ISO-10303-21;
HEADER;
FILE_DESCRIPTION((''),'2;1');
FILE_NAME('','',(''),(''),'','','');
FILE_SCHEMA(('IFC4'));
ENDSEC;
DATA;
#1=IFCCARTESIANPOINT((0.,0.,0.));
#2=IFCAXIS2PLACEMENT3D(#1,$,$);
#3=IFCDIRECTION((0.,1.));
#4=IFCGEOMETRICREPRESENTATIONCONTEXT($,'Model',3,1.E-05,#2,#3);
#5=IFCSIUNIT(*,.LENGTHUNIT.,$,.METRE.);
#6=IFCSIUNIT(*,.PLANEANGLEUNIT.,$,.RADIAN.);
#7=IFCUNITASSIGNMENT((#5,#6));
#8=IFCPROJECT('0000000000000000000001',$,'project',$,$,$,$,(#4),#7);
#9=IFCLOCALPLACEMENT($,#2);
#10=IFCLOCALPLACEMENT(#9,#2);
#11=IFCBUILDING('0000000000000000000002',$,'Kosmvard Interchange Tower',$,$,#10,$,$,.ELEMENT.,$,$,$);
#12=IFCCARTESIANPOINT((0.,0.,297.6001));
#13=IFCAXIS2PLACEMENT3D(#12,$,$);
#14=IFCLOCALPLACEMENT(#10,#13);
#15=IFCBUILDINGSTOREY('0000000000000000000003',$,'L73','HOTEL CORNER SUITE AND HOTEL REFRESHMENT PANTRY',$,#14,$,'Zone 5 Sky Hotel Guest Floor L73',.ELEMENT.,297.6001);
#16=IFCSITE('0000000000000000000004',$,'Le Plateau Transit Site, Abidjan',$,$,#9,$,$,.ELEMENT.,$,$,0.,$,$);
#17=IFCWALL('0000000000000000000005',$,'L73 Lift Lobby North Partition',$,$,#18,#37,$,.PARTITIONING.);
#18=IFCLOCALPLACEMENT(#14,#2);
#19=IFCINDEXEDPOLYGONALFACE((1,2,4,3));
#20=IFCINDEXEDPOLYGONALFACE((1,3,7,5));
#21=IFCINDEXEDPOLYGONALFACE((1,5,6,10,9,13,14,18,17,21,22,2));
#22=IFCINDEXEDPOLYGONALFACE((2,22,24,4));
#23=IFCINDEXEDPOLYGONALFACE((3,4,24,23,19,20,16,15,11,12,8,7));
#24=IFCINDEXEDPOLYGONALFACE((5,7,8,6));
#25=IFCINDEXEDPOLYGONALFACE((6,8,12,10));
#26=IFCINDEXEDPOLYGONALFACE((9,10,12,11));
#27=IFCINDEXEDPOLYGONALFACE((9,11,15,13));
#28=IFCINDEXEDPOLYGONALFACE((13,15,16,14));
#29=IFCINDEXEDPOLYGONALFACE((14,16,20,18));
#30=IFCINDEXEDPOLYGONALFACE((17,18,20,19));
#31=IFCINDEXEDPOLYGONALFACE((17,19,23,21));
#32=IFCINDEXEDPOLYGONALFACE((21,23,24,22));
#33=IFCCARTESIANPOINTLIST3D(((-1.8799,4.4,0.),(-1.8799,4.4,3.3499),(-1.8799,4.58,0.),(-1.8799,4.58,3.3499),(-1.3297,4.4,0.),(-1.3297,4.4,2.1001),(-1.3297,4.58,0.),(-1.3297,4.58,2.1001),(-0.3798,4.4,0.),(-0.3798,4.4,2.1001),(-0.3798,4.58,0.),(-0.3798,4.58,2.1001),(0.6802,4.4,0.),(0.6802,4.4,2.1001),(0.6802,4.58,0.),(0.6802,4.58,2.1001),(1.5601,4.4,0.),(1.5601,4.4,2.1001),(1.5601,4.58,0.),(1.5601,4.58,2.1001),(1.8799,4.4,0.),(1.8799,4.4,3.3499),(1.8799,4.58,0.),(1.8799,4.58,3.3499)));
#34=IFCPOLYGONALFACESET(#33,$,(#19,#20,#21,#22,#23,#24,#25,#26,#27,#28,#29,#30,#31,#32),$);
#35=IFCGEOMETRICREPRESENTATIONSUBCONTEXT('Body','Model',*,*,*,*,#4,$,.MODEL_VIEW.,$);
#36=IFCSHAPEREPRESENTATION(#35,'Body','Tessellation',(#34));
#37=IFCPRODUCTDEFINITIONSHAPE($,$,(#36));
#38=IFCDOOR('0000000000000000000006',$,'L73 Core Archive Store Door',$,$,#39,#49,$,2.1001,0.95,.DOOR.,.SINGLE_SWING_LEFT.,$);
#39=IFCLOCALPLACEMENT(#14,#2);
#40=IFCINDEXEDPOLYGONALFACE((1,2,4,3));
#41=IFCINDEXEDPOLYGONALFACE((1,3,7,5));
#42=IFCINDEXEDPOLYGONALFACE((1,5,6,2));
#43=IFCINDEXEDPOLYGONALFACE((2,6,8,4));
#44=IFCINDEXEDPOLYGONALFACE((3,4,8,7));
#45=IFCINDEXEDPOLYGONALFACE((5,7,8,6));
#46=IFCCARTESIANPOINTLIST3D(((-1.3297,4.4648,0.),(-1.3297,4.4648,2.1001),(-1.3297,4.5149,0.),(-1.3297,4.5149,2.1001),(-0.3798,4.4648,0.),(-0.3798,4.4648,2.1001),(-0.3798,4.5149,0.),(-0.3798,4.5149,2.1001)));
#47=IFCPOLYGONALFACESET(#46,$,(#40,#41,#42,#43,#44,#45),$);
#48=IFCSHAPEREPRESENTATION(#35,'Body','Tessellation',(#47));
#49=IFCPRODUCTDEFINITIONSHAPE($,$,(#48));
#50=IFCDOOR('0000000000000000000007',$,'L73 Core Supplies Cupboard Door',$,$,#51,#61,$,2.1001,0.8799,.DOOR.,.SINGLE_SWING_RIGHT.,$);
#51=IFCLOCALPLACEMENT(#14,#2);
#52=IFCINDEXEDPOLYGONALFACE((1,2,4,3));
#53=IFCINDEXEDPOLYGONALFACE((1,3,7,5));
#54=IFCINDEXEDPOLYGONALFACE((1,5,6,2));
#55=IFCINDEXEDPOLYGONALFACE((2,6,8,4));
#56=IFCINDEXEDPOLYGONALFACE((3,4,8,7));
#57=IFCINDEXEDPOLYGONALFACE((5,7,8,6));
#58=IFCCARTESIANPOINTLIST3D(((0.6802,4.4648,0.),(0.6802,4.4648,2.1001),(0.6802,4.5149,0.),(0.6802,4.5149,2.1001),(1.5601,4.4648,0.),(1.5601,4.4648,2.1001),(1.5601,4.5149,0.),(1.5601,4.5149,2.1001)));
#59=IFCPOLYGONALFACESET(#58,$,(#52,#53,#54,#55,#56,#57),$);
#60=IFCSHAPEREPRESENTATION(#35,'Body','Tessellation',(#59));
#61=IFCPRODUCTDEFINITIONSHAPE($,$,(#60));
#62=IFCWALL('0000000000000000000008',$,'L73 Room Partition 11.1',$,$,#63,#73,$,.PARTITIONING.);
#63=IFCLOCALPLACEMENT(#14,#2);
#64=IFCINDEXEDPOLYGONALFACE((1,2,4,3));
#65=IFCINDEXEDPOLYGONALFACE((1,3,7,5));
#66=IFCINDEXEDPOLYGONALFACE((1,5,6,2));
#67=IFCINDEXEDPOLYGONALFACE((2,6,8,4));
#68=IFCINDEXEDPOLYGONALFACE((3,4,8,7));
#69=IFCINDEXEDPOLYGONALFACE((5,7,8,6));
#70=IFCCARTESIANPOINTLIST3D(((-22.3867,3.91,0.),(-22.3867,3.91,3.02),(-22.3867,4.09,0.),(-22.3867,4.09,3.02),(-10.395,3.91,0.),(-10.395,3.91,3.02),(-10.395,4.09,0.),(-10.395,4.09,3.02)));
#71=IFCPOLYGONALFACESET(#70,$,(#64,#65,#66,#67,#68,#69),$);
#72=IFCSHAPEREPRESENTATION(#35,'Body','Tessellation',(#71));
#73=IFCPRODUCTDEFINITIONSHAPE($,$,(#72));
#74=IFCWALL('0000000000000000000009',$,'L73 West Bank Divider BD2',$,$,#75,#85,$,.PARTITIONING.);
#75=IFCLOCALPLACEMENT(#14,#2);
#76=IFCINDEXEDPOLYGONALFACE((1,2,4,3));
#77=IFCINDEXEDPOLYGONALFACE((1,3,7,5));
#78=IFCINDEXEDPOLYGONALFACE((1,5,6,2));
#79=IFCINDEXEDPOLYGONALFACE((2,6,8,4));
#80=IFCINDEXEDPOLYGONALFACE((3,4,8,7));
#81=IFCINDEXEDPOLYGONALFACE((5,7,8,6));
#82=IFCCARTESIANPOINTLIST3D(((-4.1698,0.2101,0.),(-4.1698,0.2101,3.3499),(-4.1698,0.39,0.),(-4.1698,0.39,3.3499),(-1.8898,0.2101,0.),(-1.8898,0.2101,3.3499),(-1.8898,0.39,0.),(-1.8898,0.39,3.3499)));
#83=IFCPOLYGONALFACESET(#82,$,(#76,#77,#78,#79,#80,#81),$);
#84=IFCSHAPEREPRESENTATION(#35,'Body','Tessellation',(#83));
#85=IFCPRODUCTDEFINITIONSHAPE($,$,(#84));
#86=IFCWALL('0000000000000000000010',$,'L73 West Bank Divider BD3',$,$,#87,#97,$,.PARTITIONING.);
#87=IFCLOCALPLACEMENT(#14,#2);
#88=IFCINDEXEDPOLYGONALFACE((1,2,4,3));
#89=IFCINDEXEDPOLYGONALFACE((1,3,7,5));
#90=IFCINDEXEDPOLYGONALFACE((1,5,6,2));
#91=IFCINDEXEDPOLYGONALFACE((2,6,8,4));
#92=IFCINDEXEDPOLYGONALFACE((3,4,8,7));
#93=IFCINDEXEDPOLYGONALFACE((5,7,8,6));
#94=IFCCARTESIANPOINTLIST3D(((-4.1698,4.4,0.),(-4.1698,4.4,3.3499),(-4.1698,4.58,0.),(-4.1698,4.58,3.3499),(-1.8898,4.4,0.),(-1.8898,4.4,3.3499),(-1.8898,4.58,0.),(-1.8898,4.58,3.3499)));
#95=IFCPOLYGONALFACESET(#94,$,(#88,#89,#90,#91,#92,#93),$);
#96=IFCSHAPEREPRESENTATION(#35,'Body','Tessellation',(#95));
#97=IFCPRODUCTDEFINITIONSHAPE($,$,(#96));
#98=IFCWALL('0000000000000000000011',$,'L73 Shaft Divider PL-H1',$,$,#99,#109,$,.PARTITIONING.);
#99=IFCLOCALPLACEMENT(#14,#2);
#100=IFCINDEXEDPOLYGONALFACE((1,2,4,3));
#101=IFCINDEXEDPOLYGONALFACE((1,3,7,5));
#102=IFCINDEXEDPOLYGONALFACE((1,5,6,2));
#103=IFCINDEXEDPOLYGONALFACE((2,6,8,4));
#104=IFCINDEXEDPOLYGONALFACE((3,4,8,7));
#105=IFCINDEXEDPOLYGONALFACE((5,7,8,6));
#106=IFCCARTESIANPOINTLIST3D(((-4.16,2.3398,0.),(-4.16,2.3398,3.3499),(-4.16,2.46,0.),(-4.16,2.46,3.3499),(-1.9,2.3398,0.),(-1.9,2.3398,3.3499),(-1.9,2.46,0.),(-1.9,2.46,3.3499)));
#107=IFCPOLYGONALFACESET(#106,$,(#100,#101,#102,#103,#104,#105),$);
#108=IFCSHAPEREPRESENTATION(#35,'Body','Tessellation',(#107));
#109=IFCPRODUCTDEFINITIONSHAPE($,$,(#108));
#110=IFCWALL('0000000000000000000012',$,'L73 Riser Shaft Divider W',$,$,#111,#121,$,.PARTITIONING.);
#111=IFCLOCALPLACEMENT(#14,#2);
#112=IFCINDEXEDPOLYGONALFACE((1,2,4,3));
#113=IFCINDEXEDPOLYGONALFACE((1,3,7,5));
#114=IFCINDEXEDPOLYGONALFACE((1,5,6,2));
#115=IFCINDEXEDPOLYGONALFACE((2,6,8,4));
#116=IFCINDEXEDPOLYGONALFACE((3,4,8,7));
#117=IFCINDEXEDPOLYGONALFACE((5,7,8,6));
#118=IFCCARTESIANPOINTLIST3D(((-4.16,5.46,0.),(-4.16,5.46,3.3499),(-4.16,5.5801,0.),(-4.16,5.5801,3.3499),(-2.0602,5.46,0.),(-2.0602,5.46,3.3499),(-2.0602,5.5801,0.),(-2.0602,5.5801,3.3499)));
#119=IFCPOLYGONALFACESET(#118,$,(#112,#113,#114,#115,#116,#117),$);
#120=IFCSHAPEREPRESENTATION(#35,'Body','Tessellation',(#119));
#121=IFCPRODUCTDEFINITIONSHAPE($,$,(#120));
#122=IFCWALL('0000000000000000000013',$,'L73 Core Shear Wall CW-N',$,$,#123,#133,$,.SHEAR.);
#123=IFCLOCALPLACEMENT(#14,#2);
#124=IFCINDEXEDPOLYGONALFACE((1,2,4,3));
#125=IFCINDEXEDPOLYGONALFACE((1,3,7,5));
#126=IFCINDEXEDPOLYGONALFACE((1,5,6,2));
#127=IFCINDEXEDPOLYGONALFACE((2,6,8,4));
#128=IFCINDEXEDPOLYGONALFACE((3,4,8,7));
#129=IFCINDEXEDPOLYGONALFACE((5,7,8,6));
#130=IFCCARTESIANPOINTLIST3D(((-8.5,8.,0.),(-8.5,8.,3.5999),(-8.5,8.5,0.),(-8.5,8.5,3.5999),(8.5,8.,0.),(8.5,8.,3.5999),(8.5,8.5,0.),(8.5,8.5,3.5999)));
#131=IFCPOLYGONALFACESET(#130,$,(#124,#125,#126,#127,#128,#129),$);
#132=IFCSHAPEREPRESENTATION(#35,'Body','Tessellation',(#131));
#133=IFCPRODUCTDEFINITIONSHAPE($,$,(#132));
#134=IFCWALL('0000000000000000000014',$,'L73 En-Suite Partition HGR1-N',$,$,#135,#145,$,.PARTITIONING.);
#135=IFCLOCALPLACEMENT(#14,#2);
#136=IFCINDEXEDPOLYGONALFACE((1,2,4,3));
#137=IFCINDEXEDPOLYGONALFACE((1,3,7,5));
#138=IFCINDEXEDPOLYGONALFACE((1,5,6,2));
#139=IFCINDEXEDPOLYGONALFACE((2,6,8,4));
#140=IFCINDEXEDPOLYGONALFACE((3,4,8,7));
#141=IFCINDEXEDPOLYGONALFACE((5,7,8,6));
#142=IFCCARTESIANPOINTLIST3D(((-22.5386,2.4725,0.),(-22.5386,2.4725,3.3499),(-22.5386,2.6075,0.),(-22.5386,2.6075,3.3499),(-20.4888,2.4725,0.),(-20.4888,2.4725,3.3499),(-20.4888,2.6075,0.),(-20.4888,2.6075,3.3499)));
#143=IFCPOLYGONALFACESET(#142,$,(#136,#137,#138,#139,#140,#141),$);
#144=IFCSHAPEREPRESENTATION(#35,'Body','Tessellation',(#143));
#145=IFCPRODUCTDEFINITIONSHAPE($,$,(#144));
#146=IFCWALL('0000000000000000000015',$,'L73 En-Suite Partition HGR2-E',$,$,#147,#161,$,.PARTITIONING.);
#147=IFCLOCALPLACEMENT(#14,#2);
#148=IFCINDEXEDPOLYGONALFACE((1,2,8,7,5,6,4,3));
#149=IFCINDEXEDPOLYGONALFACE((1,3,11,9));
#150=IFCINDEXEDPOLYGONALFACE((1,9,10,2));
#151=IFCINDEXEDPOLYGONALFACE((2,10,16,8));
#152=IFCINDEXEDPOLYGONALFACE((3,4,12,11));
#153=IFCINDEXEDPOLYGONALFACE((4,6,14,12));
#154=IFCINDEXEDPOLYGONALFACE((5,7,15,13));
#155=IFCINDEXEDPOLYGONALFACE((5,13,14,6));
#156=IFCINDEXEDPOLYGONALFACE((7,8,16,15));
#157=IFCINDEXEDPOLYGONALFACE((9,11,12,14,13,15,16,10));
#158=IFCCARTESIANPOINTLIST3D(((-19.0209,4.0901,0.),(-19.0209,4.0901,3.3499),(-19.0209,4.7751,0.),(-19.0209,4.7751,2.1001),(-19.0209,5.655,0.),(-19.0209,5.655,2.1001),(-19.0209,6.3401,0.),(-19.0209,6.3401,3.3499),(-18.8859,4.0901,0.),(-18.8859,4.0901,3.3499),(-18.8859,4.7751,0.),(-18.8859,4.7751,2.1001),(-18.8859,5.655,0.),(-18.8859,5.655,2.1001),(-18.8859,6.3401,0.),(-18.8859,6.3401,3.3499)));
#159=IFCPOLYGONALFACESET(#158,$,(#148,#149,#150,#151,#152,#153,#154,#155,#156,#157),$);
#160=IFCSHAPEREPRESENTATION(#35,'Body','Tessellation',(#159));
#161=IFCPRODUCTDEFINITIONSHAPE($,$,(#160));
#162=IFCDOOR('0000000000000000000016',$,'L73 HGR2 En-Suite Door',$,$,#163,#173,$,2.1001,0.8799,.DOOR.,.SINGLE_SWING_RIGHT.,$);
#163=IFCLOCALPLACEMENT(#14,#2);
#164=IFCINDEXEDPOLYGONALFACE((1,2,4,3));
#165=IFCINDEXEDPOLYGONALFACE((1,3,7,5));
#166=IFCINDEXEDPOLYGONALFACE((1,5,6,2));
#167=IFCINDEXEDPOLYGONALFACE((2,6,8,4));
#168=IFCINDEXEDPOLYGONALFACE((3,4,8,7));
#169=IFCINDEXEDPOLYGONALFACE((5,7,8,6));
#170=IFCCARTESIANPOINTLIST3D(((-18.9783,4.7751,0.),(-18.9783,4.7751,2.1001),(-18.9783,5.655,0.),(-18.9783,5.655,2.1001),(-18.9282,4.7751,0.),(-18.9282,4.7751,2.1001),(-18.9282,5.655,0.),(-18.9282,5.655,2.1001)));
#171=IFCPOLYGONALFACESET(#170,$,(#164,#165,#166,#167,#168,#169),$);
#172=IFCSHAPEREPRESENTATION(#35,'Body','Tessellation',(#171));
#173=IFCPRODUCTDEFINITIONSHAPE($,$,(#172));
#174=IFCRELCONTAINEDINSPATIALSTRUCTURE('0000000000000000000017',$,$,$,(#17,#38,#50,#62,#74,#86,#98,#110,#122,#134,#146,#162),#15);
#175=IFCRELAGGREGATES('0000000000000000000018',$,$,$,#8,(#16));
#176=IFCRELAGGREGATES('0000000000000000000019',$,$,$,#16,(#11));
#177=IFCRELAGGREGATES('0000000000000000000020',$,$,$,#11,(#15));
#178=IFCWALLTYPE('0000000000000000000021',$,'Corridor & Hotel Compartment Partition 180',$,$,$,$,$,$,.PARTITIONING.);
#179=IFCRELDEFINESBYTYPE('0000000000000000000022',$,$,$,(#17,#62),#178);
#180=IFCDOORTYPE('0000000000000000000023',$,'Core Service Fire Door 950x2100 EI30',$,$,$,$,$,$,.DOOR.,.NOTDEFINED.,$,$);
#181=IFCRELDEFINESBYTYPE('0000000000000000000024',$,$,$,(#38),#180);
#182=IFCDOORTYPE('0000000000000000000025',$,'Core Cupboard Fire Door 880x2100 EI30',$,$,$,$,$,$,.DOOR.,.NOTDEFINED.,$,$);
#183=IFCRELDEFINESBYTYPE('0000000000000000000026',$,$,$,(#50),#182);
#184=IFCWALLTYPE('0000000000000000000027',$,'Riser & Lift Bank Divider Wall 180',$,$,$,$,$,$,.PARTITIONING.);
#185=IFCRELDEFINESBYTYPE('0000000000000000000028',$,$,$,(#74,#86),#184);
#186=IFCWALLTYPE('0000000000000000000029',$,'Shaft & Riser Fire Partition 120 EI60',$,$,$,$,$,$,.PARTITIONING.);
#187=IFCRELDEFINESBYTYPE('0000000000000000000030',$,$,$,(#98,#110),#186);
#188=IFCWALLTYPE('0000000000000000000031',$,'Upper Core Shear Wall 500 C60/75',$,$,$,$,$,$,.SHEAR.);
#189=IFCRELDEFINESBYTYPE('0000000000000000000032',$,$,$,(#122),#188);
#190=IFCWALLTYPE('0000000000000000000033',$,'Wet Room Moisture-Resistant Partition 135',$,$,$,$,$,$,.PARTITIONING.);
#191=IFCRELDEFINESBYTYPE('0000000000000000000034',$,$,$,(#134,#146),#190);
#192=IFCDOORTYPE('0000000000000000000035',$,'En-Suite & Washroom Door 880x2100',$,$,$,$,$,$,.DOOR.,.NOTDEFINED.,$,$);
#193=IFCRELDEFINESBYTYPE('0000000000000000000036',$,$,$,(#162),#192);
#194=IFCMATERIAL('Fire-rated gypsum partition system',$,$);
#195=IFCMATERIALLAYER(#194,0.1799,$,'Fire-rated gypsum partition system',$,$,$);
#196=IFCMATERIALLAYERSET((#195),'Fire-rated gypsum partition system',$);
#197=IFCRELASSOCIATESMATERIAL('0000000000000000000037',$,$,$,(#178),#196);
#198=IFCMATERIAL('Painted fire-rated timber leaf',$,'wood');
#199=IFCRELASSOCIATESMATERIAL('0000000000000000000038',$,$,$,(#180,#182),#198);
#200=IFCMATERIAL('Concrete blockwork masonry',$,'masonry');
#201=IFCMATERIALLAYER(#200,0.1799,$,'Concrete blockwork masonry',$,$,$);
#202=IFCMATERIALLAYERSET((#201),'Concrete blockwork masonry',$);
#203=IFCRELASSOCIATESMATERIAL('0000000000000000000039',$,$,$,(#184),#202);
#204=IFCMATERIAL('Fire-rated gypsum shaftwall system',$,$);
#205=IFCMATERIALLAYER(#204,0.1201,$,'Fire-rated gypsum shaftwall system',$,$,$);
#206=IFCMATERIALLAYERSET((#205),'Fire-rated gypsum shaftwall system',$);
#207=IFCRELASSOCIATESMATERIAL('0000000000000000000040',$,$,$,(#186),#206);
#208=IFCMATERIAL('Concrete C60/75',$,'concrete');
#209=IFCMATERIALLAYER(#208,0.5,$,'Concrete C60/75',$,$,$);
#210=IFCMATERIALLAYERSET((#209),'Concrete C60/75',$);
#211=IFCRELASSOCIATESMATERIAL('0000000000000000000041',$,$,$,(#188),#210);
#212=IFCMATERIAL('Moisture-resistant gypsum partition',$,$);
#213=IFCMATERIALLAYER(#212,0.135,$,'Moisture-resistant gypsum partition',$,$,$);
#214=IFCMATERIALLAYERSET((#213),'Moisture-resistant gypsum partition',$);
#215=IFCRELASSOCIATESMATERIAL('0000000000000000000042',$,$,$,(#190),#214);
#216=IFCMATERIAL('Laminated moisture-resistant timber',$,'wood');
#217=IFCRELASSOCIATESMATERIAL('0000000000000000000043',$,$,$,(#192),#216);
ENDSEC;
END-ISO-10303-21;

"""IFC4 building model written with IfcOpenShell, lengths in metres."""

from ifc_helpers import new_model, si_unit, direction, frame, frame_2d, origin, place, context, subcontext, project, spatial, rectangle, extrude, source, transform, mapped, material, layer, layer_set, type_object, element, fill, save


model = new_model("IFC4")

# Units and contexts
model_context = context("Model", 3, precision=1e-05, world=origin(), true_north=direction((0.0, 1.0)))
body_context = subcontext(model_context, "Body", "Model", "MODEL_VIEW")
ifc_project = project(units=[si_unit("LENGTHUNIT", "METRE"), si_unit("PLANEANGLEUNIT", "RADIAN")], contexts=[model_context])

# Site, building, storey
site_placement = place(None, origin())
site = spatial("IfcSite", under=ifc_project, at=site_placement, Name="Le Plateau Transit Site, Abidjan", CompositionType="ELEMENT", RefElevation=0.0)
building_placement = place(site_placement, origin())
building = spatial("IfcBuilding", under=site, at=building_placement, Name="Kosmvard Interchange Tower", CompositionType="ELEMENT")
storey_placement = place(building_placement, frame((0.0, 0.0, 297.6001)))
storey = spatial("IfcBuildingStorey", under=building, at=storey_placement, Name="L73", Description="HOTEL CORNER SUITE AND HOTEL REFRESHMENT PANTRY", LongName="Zone 5 Sky Hotel Guest Floor L73", CompositionType="ELEMENT", Elevation=297.6001)

# Shared definitions
ifc_material_1 = material(Name="Fire-rated gypsum partition system")

# Wall, openings, doors
ifc_layer_1 = layer(ifc_material_1, 0.1799, Name="Fire-rated gypsum partition system")
ifc_layer_set_1 = layer_set([ifc_layer_1], Name="Fire-rated gypsum partition system")
wall_type_1 = type_object("IfcWallType", Name="Corridor & Hotel Compartment Partition 180", PredefinedType="PARTITIONING", material=ifc_layer_set_1)
wall_1_placement = place(storey_placement, frame((-1.8799, 4.49, 0.0), z_axis=(0.0, 0.0, 1.0), x_axis=(1.0, 0.0, 0.0)))
wall_1 = element("IfcWall", 1, at=wall_1_placement, inside=storey, type_object=wall_type_1, Name="L73 Lift Lobby North Partition", PredefinedType="PARTITIONING", context=body_context, shape_type="SweptSolid", body=[
    extrude(rectangle(XDim=3.7598, YDim=0.1799, at=frame_2d((1.8799, 0.0))), origin(), (0.0, 0.0, 1.0), 3.3499),
])
opening_1_placement = place(wall_1_placement, frame((0.55, 0.0, 0.0)))
opening_1 = element("IfcOpeningElement", 2, at=opening_1_placement, cuts=wall_1, PredefinedType="OPENING", context=body_context, shape_type="SweptSolid", body=[
    extrude(rectangle(XDim=0.95, YDim=2.1001, at=frame_2d((0.4751, 1.05))), frame((0.0, 0.1001, 0.0), z_axis=(0.0, -1.0, 0.0), x_axis=(1.0, 0.0, 0.0)), (0.0, 0.0, 1.0), 0.2),
])
opening_2_placement = place(wall_1_placement, frame((2.5601, 0.0, 0.0)))
opening_2 = element("IfcOpeningElement", 3, at=opening_2_placement, cuts=wall_1, PredefinedType="OPENING", context=body_context, shape_type="SweptSolid", body=[
    extrude(rectangle(XDim=0.8799, YDim=2.1001, at=frame_2d((0.4399, 1.05))), frame((0.0, 0.1001, 0.0), z_axis=(0.0, -1.0, 0.0), x_axis=(1.0, 0.0, 0.0)), (0.0, 0.0, 1.0), 0.2),
])
ifc_material_2 = material(Name="Painted fire-rated timber leaf", Category="wood")
door_type_1 = type_object("IfcDoorType", Name="Core Service Fire Door 950x2100 EI30", OperationType="NOTDEFINED", PredefinedType="DOOR", material=ifc_material_2)
shared_shape_1 = source(origin(), body_context, "Body", "SweptSolid", [
    extrude(rectangle(XDim=0.95, YDim=2.1001, at=frame_2d((0.4751, 1.05))), frame((0.0, 0.0249, 0.0), z_axis=(0.0, -1.0, 0.0), x_axis=(1.0, 0.0, 0.0)), (0.0, 0.0, 1.0), 0.05),
])
door_1_placement = place(opening_1_placement, origin())
door_1 = element("IfcDoor", 4, at=door_1_placement, inside=storey, type_object=door_type_1, Name="L73 Core Archive Store Door", OperationType="SINGLE_SWING_LEFT", OverallHeight=2.1001, OverallWidth=0.95, PredefinedType="DOOR", context=body_context, shape_type="MappedRepresentation", body=[
    mapped(shared_shape_1, transform((0.0, 0.0, 0.0), scale=1.0)),
])
fill(opening_1, door_1)
door_type_2 = type_object("IfcDoorType", Name="Core Cupboard Fire Door 880x2100 EI30", OperationType="NOTDEFINED", PredefinedType="DOOR", material=ifc_material_2)
shared_shape_2 = source(origin(), body_context, "Body", "SweptSolid", [
    extrude(rectangle(XDim=0.8799, YDim=2.1001, at=frame_2d((0.4399, 1.05))), frame((0.0, 0.0249, 0.0), z_axis=(0.0, -1.0, 0.0), x_axis=(1.0, 0.0, 0.0)), (0.0, 0.0, 1.0), 0.05),
])
door_2_placement = place(opening_2_placement, origin())
door_2 = element("IfcDoor", 5, at=door_2_placement, inside=storey, type_object=door_type_2, Name="L73 Core Supplies Cupboard Door", OperationType="SINGLE_SWING_RIGHT", OverallHeight=2.1001, OverallWidth=0.8799, PredefinedType="DOOR", context=body_context, shape_type="MappedRepresentation", body=[
    mapped(shared_shape_2, transform((0.0, 0.0, 0.0), scale=1.0)),
])
fill(opening_2, door_2)

# Walls
wall_2_placement = place(storey_placement, frame((-10.395, 4.0, 0.0), z_axis=(0.0, 0.0, 1.0), x_axis=(-1.0, 0.0, 0.0)))
element("IfcWall", 6, at=wall_2_placement, inside=storey, type_object=wall_type_1, Name="L73 Room Partition 11.1", PredefinedType="PARTITIONING", context=body_context, shape_type="SweptSolid", body=[
    extrude(rectangle(XDim=11.9917, YDim=0.1799, at=frame_2d((5.9958, 0.0))), origin(), (0.0, 0.0, 1.0), 3.02),
])
ifc_material_3 = material(Name="Concrete blockwork masonry", Category="masonry")
ifc_layer_2 = layer(ifc_material_3, 0.1799, Name="Concrete blockwork masonry")
ifc_layer_set_2 = layer_set([ifc_layer_2], Name="Concrete blockwork masonry")
wall_type_2 = type_object("IfcWallType", Name="Riser & Lift Bank Divider Wall 180", PredefinedType="PARTITIONING", material=ifc_layer_set_2)
for number, where, z_axis, x_axis, name in (
    (7, (-4.1699, 0.3, 0.0), (0.0, 0.0, 1.0), (1.0, 0.0, 0.0), "L73 West Bank Divider BD2"),
    (8, (-4.1699, 4.49, 0.0), (0.0, 0.0, 1.0), (1.0, 0.0, 0.0), "L73 West Bank Divider BD3"),
):
    element("IfcWall", number, at=place(storey_placement, frame(where, z_axis=z_axis, x_axis=x_axis)), inside=storey, type_object=wall_type_2, Name=name, PredefinedType="PARTITIONING", context=body_context, shape_type="SweptSolid", body=[
        extrude(rectangle(XDim=2.28, YDim=0.1799, at=frame_2d((1.1401, 0.0))), origin(), (0.0, 0.0, 1.0), 3.3499),
    ])
ifc_material_4 = material(Name="Fire-rated gypsum shaftwall system")
ifc_layer_3 = layer(ifc_material_4, 0.1201, Name="Fire-rated gypsum shaftwall system")
ifc_layer_set_3 = layer_set([ifc_layer_3], Name="Fire-rated gypsum shaftwall system")
wall_type_3 = type_object("IfcWallType", Name="Shaft & Riser Fire Partition 120 EI60", PredefinedType="PARTITIONING", material=ifc_layer_set_3)
wall_3_placement = place(storey_placement, frame((-4.1599, 2.3999, 0.0), z_axis=(0.0, 0.0, 1.0), x_axis=(1.0, 0.0, 0.0)))
element("IfcWall", 9, at=wall_3_placement, inside=storey, type_object=wall_type_3, Name="L73 Shaft Divider PL-H1", PredefinedType="PARTITIONING", context=body_context, shape_type="SweptSolid", body=[
    extrude(rectangle(XDim=2.26, YDim=0.1201, at=frame_2d((1.1299, 0.0))), origin(), (0.0, 0.0, 1.0), 3.3499),
])
wall_4_placement = place(storey_placement, frame((-4.1599, 5.52, 0.0), z_axis=(0.0, 0.0, 1.0), x_axis=(1.0, 0.0, 0.0)))
element("IfcWall", 10, at=wall_4_placement, inside=storey, type_object=wall_type_3, Name="L73 Riser Shaft Divider W", PredefinedType="PARTITIONING", context=body_context, shape_type="SweptSolid", body=[
    extrude(rectangle(XDim=2.0999, YDim=0.1201, at=frame_2d((1.0498, 0.0))), origin(), (0.0, 0.0, 1.0), 3.3499),
])
ifc_material_5 = material(Name="Concrete C60/75", Category="concrete")
ifc_layer_4 = layer(ifc_material_5, 0.5, Name="Concrete C60/75")
ifc_layer_set_4 = layer_set([ifc_layer_4], Name="Concrete C60/75")
wall_type_4 = type_object("IfcWallType", Name="Upper Core Shear Wall 500 C60/75", PredefinedType="SHEAR", material=ifc_layer_set_4)
wall_5_placement = place(storey_placement, frame((-8.5, 8.25, 0.0), z_axis=(0.0, 0.0, 1.0), x_axis=(1.0, 0.0, 0.0)))
element("IfcWall", 11, at=wall_5_placement, inside=storey, type_object=wall_type_4, Name="L73 Core Shear Wall CW-N", PredefinedType="SHEAR", context=body_context, shape_type="SweptSolid", body=[
    extrude(rectangle(XDim=17.0, YDim=0.5, at=frame_2d((8.5, 0.0))), origin(), (0.0, 0.0, 1.0), 3.5999),
])
ifc_material_6 = material(Name="Moisture-resistant gypsum partition")
ifc_layer_5 = layer(ifc_material_6, 0.135, Name="Moisture-resistant gypsum partition")
ifc_layer_set_5 = layer_set([ifc_layer_5], Name="Moisture-resistant gypsum partition")
wall_type_5 = type_object("IfcWallType", Name="Wet Room Moisture-Resistant Partition 135", PredefinedType="PARTITIONING", material=ifc_layer_set_5)
wall_6_placement = place(storey_placement, frame((-22.5386, 2.54, 0.0), z_axis=(0.0, 0.0, 1.0), x_axis=(1.0, 0.0, 0.0)))
element("IfcWall", 12, at=wall_6_placement, inside=storey, type_object=wall_type_5, Name="L73 En-Suite Partition HGR1-N", PredefinedType="PARTITIONING", context=body_context, shape_type="SweptSolid", body=[
    extrude(rectangle(XDim=2.0498, YDim=0.135, at=frame_2d((1.0249, 0.0))), origin(), (0.0, 0.0, 1.0), 3.3499),
])

# Wall, opening, door
wall_7_placement = place(storey_placement, frame((-18.9534, 4.0901, 0.0), z_axis=(0.0, 0.0, 1.0), x_axis=(0.0, 1.0, 0.0)))
wall_7 = element("IfcWall", 13, at=wall_7_placement, inside=storey, type_object=wall_type_5, Name="L73 En-Suite Partition HGR2-E", PredefinedType="PARTITIONING", context=body_context, shape_type="SweptSolid", body=[
    extrude(rectangle(XDim=2.25, YDim=0.135, at=frame_2d((1.125, 0.0))), origin(), (0.0, 0.0, 1.0), 3.3499),
])
opening_3_placement = place(wall_7_placement, frame((0.6851, 0.0, 0.0)))
opening_3 = element("IfcOpeningElement", 14, at=opening_3_placement, cuts=wall_7, PredefinedType="OPENING", context=body_context, shape_type="SweptSolid", body=[
    extrude(rectangle(XDim=0.8799, YDim=2.1001, at=frame_2d((0.4399, 1.05))), frame((0.0, 0.0776, 0.0), z_axis=(0.0, -1.0, 0.0), x_axis=(1.0, 0.0, 0.0)), (0.0, 0.0, 1.0), 0.155),
])
ifc_material_7 = material(Name="Laminated moisture-resistant timber", Category="wood")
door_type_3 = type_object("IfcDoorType", Name="En-Suite & Washroom Door 880x2100", OperationType="NOTDEFINED", PredefinedType="DOOR", material=ifc_material_7)
door_3_placement = place(opening_3_placement, origin())
door_3 = element("IfcDoor", 15, at=door_3_placement, inside=storey, type_object=door_type_3, Name="L73 HGR2 En-Suite Door", OperationType="SINGLE_SWING_RIGHT", OverallHeight=2.1001, OverallWidth=0.8799, PredefinedType="DOOR", context=body_context, shape_type="MappedRepresentation", body=[
    mapped(shared_shape_2, transform((0.0, 0.0, 0.0), scale=1.0)),
])
fill(opening_3, door_3)

save(model, "model.ifc")
